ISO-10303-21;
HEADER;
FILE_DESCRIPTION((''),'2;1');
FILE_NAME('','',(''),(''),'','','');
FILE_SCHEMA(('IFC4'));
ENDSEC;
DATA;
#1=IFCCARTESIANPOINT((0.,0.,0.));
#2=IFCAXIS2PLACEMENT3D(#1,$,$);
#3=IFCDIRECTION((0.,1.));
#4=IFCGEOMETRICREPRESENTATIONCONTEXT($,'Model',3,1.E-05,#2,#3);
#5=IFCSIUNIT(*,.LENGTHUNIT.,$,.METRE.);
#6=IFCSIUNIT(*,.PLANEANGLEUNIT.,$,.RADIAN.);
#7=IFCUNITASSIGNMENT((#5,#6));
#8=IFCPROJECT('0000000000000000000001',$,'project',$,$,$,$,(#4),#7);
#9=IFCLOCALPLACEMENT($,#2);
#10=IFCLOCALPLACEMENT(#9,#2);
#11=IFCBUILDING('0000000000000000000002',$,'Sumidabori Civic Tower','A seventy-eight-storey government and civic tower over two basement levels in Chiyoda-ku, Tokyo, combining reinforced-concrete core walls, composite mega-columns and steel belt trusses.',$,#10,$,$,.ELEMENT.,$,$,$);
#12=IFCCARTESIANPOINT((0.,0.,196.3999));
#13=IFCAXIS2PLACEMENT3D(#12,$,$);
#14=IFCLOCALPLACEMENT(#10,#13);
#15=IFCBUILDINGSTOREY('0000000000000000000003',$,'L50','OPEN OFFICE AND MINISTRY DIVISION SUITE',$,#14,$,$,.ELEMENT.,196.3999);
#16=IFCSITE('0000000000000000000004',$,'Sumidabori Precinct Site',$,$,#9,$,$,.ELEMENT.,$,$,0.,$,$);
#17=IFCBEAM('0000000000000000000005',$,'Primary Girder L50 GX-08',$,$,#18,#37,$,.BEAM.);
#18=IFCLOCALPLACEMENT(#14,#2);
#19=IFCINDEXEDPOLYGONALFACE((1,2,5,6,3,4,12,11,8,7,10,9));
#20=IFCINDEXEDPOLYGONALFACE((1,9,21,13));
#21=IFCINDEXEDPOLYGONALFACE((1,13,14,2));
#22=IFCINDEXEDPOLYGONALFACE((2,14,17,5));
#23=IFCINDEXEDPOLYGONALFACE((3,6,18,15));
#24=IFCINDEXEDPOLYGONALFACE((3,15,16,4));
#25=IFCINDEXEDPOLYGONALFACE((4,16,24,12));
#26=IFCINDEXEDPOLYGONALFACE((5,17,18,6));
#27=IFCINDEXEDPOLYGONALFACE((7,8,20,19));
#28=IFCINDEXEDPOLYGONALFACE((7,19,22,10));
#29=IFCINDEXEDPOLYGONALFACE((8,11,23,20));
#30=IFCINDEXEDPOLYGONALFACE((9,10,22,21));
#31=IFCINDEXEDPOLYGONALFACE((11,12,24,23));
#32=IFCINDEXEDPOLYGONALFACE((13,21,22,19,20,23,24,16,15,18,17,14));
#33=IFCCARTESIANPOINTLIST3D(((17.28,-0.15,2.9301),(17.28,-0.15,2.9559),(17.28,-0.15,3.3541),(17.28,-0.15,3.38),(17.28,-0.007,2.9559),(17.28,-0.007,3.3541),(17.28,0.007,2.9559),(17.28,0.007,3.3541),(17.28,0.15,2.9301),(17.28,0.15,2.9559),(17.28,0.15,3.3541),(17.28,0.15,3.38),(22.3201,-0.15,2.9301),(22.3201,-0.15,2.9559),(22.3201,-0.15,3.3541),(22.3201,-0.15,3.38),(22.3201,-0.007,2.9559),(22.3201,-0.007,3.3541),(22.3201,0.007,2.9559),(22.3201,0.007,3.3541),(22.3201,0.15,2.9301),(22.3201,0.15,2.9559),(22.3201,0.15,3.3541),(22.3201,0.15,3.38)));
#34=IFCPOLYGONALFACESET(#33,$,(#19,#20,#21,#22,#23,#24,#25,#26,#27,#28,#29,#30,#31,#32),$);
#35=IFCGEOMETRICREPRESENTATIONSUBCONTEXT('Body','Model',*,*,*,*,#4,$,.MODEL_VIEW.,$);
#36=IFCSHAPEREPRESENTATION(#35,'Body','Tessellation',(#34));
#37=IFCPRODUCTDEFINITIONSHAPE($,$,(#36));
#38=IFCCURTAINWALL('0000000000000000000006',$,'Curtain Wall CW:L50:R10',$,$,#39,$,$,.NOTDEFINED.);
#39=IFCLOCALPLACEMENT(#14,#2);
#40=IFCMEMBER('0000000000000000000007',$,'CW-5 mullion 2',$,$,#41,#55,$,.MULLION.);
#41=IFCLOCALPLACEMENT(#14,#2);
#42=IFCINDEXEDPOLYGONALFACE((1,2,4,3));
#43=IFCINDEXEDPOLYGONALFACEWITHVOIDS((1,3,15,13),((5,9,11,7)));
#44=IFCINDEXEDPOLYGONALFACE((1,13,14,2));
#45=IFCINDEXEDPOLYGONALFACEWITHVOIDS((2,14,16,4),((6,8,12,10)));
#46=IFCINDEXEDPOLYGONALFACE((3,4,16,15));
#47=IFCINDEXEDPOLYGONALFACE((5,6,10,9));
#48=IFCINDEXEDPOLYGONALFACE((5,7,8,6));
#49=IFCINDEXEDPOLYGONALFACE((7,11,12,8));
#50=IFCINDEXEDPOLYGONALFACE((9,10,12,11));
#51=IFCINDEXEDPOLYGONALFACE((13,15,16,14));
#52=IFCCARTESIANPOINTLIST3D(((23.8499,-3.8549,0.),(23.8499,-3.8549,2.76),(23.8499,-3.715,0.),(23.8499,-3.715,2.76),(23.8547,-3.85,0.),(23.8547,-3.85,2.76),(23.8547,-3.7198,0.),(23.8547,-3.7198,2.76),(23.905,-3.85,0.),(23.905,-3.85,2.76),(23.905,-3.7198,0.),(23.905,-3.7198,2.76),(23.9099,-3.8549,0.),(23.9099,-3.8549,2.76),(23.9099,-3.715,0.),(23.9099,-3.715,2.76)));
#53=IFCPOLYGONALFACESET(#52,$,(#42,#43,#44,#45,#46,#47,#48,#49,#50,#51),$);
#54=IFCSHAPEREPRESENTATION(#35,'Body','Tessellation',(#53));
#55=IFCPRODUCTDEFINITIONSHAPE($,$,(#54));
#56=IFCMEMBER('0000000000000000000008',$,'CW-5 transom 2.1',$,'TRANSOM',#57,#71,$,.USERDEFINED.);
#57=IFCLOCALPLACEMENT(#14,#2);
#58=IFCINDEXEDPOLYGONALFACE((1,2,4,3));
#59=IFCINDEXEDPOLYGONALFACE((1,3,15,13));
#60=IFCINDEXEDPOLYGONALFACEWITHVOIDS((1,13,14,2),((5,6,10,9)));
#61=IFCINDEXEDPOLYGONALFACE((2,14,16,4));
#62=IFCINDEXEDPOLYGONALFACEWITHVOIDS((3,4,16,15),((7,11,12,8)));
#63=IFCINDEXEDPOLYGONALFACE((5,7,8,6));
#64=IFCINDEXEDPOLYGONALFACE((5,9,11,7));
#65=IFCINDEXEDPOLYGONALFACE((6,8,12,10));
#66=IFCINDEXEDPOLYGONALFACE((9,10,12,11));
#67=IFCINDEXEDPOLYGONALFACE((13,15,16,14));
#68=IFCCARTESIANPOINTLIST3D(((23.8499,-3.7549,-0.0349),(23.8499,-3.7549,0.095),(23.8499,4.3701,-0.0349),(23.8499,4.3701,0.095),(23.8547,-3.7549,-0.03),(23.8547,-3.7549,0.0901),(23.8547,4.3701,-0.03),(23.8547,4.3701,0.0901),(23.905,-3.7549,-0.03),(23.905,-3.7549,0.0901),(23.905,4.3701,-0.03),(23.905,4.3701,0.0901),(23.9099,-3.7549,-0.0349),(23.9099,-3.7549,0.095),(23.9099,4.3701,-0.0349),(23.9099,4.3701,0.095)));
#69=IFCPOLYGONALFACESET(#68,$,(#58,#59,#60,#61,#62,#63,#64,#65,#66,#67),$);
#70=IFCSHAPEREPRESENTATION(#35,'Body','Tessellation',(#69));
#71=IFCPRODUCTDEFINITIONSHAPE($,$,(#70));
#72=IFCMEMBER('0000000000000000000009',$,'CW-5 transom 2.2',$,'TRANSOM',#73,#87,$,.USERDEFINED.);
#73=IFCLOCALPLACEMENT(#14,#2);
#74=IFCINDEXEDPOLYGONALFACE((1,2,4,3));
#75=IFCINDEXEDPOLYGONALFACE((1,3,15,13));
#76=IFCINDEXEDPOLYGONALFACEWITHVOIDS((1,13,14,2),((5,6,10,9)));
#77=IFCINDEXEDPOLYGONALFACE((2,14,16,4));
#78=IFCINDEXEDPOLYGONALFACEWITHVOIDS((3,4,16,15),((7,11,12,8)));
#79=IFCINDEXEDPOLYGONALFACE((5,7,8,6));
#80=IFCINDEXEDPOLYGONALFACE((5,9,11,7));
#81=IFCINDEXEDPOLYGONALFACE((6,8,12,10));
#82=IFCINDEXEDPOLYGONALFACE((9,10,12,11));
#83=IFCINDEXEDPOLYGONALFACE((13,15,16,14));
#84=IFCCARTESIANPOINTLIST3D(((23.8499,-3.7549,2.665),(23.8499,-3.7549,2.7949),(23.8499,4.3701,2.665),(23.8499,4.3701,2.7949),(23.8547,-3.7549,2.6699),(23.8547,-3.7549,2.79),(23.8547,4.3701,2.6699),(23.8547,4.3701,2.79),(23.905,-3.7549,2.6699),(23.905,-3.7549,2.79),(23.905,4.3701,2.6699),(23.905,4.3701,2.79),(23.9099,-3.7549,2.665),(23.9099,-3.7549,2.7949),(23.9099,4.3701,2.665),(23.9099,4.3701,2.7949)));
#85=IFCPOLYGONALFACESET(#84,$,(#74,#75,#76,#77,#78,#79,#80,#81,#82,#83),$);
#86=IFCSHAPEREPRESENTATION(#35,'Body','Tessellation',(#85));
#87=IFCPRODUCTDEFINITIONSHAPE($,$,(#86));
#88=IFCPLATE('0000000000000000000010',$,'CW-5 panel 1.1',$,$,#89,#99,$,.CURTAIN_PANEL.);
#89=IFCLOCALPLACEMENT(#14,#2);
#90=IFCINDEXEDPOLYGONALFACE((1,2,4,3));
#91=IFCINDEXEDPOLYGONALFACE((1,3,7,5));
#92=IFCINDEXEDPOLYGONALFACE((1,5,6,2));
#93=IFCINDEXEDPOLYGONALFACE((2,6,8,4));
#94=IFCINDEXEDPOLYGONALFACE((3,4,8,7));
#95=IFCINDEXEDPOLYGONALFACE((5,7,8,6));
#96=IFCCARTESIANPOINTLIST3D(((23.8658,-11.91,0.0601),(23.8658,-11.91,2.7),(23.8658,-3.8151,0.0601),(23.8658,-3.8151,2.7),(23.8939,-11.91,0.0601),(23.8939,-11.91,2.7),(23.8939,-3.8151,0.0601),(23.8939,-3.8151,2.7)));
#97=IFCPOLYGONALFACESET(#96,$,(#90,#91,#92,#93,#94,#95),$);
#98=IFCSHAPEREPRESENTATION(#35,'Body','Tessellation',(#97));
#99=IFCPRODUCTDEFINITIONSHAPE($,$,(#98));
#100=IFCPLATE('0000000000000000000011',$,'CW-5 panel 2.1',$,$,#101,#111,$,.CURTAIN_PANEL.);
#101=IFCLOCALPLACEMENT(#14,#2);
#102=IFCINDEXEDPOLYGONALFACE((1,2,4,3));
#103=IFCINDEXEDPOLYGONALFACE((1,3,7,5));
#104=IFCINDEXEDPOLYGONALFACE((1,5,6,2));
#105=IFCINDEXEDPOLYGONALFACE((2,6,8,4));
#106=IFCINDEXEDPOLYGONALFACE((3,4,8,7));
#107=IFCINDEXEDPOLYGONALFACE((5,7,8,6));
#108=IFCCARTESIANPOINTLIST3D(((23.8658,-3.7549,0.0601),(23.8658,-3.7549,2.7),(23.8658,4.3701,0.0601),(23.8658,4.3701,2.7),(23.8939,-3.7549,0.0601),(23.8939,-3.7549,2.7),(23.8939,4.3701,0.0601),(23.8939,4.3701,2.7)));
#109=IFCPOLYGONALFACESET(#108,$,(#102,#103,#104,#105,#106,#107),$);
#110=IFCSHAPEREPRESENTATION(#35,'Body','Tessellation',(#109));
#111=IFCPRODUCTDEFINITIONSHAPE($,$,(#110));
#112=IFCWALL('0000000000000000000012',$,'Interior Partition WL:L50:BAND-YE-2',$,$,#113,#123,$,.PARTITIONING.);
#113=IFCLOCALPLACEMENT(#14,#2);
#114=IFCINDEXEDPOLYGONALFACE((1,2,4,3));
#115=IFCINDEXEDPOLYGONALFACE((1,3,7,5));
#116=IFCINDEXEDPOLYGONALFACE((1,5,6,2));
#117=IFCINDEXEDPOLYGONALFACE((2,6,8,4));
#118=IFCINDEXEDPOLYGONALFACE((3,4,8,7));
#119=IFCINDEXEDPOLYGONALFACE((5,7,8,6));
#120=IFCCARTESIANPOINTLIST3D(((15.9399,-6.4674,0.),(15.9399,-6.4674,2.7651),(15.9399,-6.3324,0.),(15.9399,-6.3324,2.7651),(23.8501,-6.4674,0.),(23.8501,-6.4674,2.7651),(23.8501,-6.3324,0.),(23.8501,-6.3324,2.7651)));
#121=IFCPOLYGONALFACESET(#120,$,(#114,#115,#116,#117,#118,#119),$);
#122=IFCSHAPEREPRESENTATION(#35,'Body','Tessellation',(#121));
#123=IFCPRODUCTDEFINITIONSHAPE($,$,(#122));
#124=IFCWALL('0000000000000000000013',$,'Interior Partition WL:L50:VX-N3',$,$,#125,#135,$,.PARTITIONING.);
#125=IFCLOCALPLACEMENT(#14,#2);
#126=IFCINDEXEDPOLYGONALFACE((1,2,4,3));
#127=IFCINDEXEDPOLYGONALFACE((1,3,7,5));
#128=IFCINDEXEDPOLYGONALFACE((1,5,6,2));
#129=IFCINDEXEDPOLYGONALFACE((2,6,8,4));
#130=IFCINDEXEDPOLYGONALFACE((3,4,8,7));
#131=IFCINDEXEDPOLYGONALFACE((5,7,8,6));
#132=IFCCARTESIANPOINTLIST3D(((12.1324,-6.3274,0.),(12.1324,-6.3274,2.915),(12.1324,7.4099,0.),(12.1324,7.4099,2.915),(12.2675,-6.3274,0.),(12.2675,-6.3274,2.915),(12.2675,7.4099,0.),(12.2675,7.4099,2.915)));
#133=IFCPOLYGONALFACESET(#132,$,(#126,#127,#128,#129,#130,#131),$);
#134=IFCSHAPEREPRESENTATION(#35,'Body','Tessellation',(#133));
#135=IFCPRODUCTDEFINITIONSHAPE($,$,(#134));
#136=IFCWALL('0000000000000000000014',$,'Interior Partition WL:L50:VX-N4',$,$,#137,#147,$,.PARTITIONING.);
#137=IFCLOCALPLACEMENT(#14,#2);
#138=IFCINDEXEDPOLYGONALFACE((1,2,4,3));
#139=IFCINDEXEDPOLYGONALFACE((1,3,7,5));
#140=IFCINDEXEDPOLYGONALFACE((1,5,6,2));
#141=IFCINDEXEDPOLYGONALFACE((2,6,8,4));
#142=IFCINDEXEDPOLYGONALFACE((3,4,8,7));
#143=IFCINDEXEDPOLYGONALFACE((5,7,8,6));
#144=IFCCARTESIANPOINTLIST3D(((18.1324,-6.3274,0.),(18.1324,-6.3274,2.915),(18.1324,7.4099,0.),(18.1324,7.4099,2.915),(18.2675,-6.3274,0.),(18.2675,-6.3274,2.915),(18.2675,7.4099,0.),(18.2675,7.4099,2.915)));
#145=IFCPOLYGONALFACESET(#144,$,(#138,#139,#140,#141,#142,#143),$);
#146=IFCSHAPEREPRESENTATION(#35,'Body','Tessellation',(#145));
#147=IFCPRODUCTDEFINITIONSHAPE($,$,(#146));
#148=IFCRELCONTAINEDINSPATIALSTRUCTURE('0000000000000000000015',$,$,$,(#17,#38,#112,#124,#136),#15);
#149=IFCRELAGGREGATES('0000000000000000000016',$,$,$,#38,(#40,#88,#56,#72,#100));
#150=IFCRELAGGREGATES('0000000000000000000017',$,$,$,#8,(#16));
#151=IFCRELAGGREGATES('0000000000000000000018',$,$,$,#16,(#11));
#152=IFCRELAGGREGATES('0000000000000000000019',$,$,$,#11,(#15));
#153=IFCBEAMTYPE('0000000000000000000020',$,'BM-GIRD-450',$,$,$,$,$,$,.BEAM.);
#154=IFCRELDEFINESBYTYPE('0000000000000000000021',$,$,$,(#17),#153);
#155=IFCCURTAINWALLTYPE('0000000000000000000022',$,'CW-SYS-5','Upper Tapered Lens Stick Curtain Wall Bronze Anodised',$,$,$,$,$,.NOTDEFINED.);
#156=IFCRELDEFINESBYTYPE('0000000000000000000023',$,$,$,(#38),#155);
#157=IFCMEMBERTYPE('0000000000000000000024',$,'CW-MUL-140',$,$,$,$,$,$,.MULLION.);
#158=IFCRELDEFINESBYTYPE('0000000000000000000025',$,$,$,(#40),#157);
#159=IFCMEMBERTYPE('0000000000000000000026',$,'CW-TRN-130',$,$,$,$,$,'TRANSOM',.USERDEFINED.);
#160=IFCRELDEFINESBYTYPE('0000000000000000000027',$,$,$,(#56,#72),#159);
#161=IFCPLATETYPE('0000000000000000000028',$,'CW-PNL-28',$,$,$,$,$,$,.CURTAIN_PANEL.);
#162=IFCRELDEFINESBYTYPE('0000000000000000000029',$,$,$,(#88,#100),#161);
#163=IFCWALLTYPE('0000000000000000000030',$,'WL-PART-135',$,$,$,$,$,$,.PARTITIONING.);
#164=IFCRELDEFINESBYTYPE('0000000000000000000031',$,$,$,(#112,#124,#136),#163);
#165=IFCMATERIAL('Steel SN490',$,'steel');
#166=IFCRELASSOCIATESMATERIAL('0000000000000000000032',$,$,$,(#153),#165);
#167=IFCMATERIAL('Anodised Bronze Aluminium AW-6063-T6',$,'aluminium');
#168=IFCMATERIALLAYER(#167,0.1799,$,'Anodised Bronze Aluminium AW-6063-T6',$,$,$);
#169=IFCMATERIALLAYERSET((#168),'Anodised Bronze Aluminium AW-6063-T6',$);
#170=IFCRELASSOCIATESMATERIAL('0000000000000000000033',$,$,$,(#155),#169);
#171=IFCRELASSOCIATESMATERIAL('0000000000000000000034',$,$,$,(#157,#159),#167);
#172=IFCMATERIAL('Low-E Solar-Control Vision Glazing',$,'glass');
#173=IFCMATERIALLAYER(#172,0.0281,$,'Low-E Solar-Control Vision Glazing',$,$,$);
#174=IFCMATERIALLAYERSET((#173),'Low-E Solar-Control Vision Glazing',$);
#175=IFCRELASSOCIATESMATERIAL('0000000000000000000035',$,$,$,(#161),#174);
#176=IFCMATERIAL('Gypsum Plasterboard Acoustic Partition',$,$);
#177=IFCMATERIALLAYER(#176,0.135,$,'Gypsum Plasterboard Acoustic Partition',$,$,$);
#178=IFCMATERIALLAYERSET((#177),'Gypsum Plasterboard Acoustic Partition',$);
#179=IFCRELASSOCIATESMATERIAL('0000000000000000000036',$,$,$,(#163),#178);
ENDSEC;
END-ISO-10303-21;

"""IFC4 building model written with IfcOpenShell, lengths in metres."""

from ifc_helpers import new_model, si_unit, direction, frame, frame_2d, origin, origin_2d, place, context, subcontext, project, spatial, rectangle, hollow_rectangle, i_section, extrude, source, transform, mapped, material, layer, layer_set, material_profile, profile_set, type_object, element, aggregate, save


model = new_model("IFC4")

# Units and contexts
model_context = context("Model", 3, precision=1e-05, world=origin(), true_north=direction((0.0, 1.0)))
body_context = subcontext(model_context, "Body", "Model", "MODEL_VIEW")
ifc_project = project(units=[si_unit("LENGTHUNIT", "METRE"), si_unit("PLANEANGLEUNIT", "RADIAN")], contexts=[model_context])

# Site, building, storey
site_placement = place(None, origin())
site = spatial("IfcSite", under=ifc_project, at=site_placement, Name="Sumidabori Precinct Site", CompositionType="ELEMENT", RefElevation=0.0)
building_placement = place(site_placement, origin())
building = spatial("IfcBuilding", under=site, at=building_placement, Name="Sumidabori Civic Tower", Description="A seventy-eight-storey government and civic tower over two basement levels in Chiyoda-ku, Tokyo, combining reinforced-concrete core walls, composite mega-columns and steel belt trusses.", CompositionType="ELEMENT")
storey_placement = place(building_placement, frame((0.0, 0.0, 196.3999)))
storey = spatial("IfcBuildingStorey", under=building, at=storey_placement, Name="L50", Description="OPEN OFFICE AND MINISTRY DIVISION SUITE", CompositionType="ELEMENT", Elevation=196.3999)

# Beam
ifc_material_1 = material(Name="Steel SN490", Category="steel")
ifc_material_profile_1 = material_profile(ifc_material_1, i_section(OverallWidth=0.3, OverallDepth=0.45, WebThickness=0.0139, FlangeThickness=0.0259, at=origin_2d()), Name="HE 450 B")
ifc_profile_set_1 = profile_set([ifc_material_profile_1], Name="Steel SN490")
beam_type_1 = type_object("IfcBeamType", Name="BM-GIRD-450", PredefinedType="BEAM", material=ifc_profile_set_1)
shared_shape_1 = source(origin(), body_context, "Body", "SweptSolid", [
    extrude(i_section(OverallWidth=0.3, OverallDepth=0.45, WebThickness=0.0139, FlangeThickness=0.0259, at=origin_2d()), origin(), (0.0, 0.0, 1.0), 5.04),
])
beam_1_placement = place(storey_placement, frame((17.28, 0.0, 3.155), z_axis=(1.0, 0.0, 0.0), x_axis=(0.0, 1.0, 0.0)))
element("IfcBeam", 1, at=beam_1_placement, inside=storey, type_object=beam_type_1, Name="Primary Girder L50 GX-08", PredefinedType="BEAM", context=body_context, shape_type="MappedRepresentation", body=[
    mapped(shared_shape_1, transform((0.0, 0.0, 0.0), x_axis=(1.0, 0.0, 0.0), y_axis=(0.0, 1.0, 0.0), z_axis=(0.0, 0.0, 1.0), scale=1.0)),
])

# Curtain wall, members, plates
ifc_material_2 = material(Name="Anodised Bronze Aluminium AW-6063-T6", Category="aluminium")
ifc_layer_1 = layer(ifc_material_2, 0.1799, Name="Anodised Bronze Aluminium AW-6063-T6")
ifc_layer_set_1 = layer_set([ifc_layer_1], Name="Anodised Bronze Aluminium AW-6063-T6")
curtain_wall_type = type_object("IfcCurtainWallType", Name="CW-SYS-5", Description="Upper Tapered Lens Stick Curtain Wall Bronze Anodised", PredefinedType="NOTDEFINED", material=ifc_layer_set_1)
curtain_wall_placement = place(storey_placement, origin())
curtain_wall = element("IfcCurtainWall", 2, at=curtain_wall_placement, inside=storey, type_object=curtain_wall_type, Name="Curtain Wall CW:L50:R10", PredefinedType="NOTDEFINED")
ifc_material_profile_2 = material_profile(ifc_material_2, hollow_rectangle(XDim=0.0601, YDim=0.1399, WallThickness=0.0049, at=origin_2d()), Name="ALU MULLION 140x60")
ifc_profile_set_2 = profile_set([ifc_material_profile_2], Name="Anodised Bronze Aluminium AW-6063-T6")
member_type_1 = type_object("IfcMemberType", Name="CW-MUL-140", PredefinedType="MULLION", material=ifc_profile_set_2)
shared_shape_2 = source(origin(), body_context, "Body", "SweptSolid", [
    extrude(hollow_rectangle(XDim=0.0601, YDim=0.1399, WallThickness=0.0049, at=origin_2d()), origin(), (0.0, 0.0, 1.0), 2.76),
])
member_1_placement = place(storey_placement, frame((23.8799, -3.7849, 0.0), z_axis=(0.0, 0.0, 1.0), x_axis=(-1.0, 0.0, 0.0)))
member_1 = element("IfcMember", 3, at=member_1_placement, type_object=member_type_1, Name="CW-5 mullion 2", PredefinedType="MULLION", context=body_context, shape_type="MappedRepresentation", body=[
    mapped(shared_shape_2, transform((0.0, 0.0, 0.0), x_axis=(1.0, 0.0, 0.0), y_axis=(0.0, 1.0, 0.0), z_axis=(0.0, 0.0, 1.0), scale=1.0)),
])
ifc_material_profile_3 = material_profile(ifc_material_2, hollow_rectangle(XDim=0.0601, YDim=0.1299, WallThickness=0.0049, at=origin_2d()), Name="ALU TRANSOM 130x60")
ifc_profile_set_3 = profile_set([ifc_material_profile_3], Name="Anodised Bronze Aluminium AW-6063-T6")
member_type_2 = type_object("IfcMemberType", Name="CW-TRN-130", ElementType="TRANSOM", PredefinedType="USERDEFINED", material=ifc_profile_set_3)
shared_shape_3 = source(origin(), body_context, "Body", "SweptSolid", [
    extrude(hollow_rectangle(XDim=0.0601, YDim=0.1299, WallThickness=0.0049, at=origin_2d()), origin(), (0.0, 0.0, 1.0), 8.125),
])
member_2_placement = place(storey_placement, frame((23.8799, -3.7549, 0.03), z_axis=(0.0, 1.0, 0.0), x_axis=(-1.0, 0.0, 0.0)))
member_2 = element("IfcMember", 4, at=member_2_placement, type_object=member_type_2, Name="CW-5 transom 2.1", ObjectType="TRANSOM", PredefinedType="USERDEFINED", context=body_context, shape_type="MappedRepresentation", body=[
    mapped(shared_shape_3, transform((0.0, 0.0, 0.0), x_axis=(1.0, 0.0, 0.0), y_axis=(0.0, 1.0, 0.0), z_axis=(0.0, 0.0, 1.0), scale=1.0)),
])
member_3_placement = place(storey_placement, frame((23.8799, -3.7549, 2.73), z_axis=(0.0, 1.0, 0.0), x_axis=(-1.0, 0.0, 0.0)))
member_3 = element("IfcMember", 5, at=member_3_placement, type_object=member_type_2, Name="CW-5 transom 2.2", ObjectType="TRANSOM", PredefinedType="USERDEFINED", context=body_context, shape_type="MappedRepresentation", body=[
    mapped(shared_shape_3, transform((0.0, 0.0, 0.0), x_axis=(1.0, 0.0, 0.0), y_axis=(0.0, 1.0, 0.0), z_axis=(0.0, 0.0, 1.0), scale=1.0)),
])
ifc_material_3 = material(Name="Low-E Solar-Control Vision Glazing", Category="glass")
ifc_layer_2 = layer(ifc_material_3, 0.0281, Name="Low-E Solar-Control Vision Glazing")
ifc_layer_set_2 = layer_set([ifc_layer_2], Name="Low-E Solar-Control Vision Glazing")
plate_type = type_object("IfcPlateType", Name="CW-PNL-28", PredefinedType="CURTAIN_PANEL", material=ifc_layer_set_2)
shared_shape_4 = source(origin(), body_context, "Body", "SweptSolid", [
    extrude(rectangle(XDim=8.095, YDim=0.0281, at=origin_2d()), origin(), (0.0, 0.0, 1.0), 2.6399),
])
plate_1_placement = place(storey_placement, frame((23.8799, -7.8625, 0.0601), z_axis=(0.0, 0.0, 1.0), x_axis=(0.0, 1.0, 0.0)))
plate_1 = element("IfcPlate", 6, at=plate_1_placement, type_object=plate_type, Name="CW-5 panel 1.1", PredefinedType="CURTAIN_PANEL", context=body_context, shape_type="MappedRepresentation", body=[
    mapped(shared_shape_4, transform((0.0, 0.0, 0.0), x_axis=(1.0, 0.0, 0.0), y_axis=(0.0, 1.0, 0.0), z_axis=(0.0, 0.0, 1.0), scale=1.0)),
])
shared_shape_5 = source(origin(), body_context, "Body", "SweptSolid", [
    extrude(rectangle(XDim=8.125, YDim=0.0281, at=origin_2d()), origin(), (0.0, 0.0, 1.0), 2.6399),
])
plate_2_placement = place(storey_placement, frame((23.8799, 0.3076, 0.0601), z_axis=(0.0, 0.0, 1.0), x_axis=(0.0, 1.0, 0.0)))
plate_2 = element("IfcPlate", 7, at=plate_2_placement, type_object=plate_type, Name="CW-5 panel 2.1", PredefinedType="CURTAIN_PANEL", context=body_context, shape_type="MappedRepresentation", body=[
    mapped(shared_shape_5, transform((0.0, 0.0, 0.0), x_axis=(1.0, 0.0, 0.0), y_axis=(0.0, 1.0, 0.0), z_axis=(0.0, 0.0, 1.0), scale=1.0)),
])
aggregate(curtain_wall, [member_1, plate_1, member_2, member_3, plate_2])

# Walls
ifc_material_4 = material(Name="Gypsum Plasterboard Acoustic Partition")
ifc_layer_3 = layer(ifc_material_4, 0.135, Name="Gypsum Plasterboard Acoustic Partition")
ifc_layer_set_3 = layer_set([ifc_layer_3], Name="Gypsum Plasterboard Acoustic Partition")
wall_type = type_object("IfcWallType", Name="WL-PART-135", PredefinedType="PARTITIONING", material=ifc_layer_set_3)
shared_shape_6 = source(origin(), body_context, "Body", "SweptSolid", [
    extrude(rectangle(XDim=7.9102, YDim=0.135, at=frame_2d((3.9551, 0.0))), origin(), (0.0, 0.0, 1.0), 2.7651),
])
wall_placement = place(storey_placement, frame((15.9399, -6.3999, 0.0), z_axis=(0.0, 0.0, 1.0), x_axis=(1.0, 0.0, 0.0)))
element("IfcWall", 8, at=wall_placement, inside=storey, type_object=wall_type, Name="Interior Partition WL:L50:BAND-YE-2", PredefinedType="PARTITIONING", context=body_context, shape_type="MappedRepresentation", body=[
    mapped(shared_shape_6, transform((0.0, 0.0, 0.0), x_axis=(1.0, 0.0, 0.0), y_axis=(0.0, 1.0, 0.0), z_axis=(0.0, 0.0, 1.0), scale=1.0)),
])
shared_shape_7 = source(origin(), body_context, "Body", "SweptSolid", [
    extrude(rectangle(XDim=13.7373, YDim=0.135, at=frame_2d((6.8687, 0.0))), origin(), (0.0, 0.0, 1.0), 2.915),
])
for number, where, z_axis, x_axis, name in (
    (9, (12.2, -6.3274, 0.0), (0.0, 0.0, 1.0), (0.0, 1.0, 0.0), "Interior Partition WL:L50:VX-N3"),
    (10, (18.2, -6.3274, 0.0), (0.0, 0.0, 1.0), (0.0, 1.0, 0.0), "Interior Partition WL:L50:VX-N4"),
):
    element("IfcWall", number, at=place(storey_placement, frame(where, z_axis=z_axis, x_axis=x_axis)), inside=storey, type_object=wall_type, Name=name, PredefinedType="PARTITIONING", context=body_context, shape_type="MappedRepresentation", body=[
        mapped(shared_shape_7, transform((0.0, 0.0, 0.0), x_axis=(1.0, 0.0, 0.0), y_axis=(0.0, 1.0, 0.0), z_axis=(0.0, 0.0, 1.0), scale=1.0)),
    ])

save(model, "model.ifc")
